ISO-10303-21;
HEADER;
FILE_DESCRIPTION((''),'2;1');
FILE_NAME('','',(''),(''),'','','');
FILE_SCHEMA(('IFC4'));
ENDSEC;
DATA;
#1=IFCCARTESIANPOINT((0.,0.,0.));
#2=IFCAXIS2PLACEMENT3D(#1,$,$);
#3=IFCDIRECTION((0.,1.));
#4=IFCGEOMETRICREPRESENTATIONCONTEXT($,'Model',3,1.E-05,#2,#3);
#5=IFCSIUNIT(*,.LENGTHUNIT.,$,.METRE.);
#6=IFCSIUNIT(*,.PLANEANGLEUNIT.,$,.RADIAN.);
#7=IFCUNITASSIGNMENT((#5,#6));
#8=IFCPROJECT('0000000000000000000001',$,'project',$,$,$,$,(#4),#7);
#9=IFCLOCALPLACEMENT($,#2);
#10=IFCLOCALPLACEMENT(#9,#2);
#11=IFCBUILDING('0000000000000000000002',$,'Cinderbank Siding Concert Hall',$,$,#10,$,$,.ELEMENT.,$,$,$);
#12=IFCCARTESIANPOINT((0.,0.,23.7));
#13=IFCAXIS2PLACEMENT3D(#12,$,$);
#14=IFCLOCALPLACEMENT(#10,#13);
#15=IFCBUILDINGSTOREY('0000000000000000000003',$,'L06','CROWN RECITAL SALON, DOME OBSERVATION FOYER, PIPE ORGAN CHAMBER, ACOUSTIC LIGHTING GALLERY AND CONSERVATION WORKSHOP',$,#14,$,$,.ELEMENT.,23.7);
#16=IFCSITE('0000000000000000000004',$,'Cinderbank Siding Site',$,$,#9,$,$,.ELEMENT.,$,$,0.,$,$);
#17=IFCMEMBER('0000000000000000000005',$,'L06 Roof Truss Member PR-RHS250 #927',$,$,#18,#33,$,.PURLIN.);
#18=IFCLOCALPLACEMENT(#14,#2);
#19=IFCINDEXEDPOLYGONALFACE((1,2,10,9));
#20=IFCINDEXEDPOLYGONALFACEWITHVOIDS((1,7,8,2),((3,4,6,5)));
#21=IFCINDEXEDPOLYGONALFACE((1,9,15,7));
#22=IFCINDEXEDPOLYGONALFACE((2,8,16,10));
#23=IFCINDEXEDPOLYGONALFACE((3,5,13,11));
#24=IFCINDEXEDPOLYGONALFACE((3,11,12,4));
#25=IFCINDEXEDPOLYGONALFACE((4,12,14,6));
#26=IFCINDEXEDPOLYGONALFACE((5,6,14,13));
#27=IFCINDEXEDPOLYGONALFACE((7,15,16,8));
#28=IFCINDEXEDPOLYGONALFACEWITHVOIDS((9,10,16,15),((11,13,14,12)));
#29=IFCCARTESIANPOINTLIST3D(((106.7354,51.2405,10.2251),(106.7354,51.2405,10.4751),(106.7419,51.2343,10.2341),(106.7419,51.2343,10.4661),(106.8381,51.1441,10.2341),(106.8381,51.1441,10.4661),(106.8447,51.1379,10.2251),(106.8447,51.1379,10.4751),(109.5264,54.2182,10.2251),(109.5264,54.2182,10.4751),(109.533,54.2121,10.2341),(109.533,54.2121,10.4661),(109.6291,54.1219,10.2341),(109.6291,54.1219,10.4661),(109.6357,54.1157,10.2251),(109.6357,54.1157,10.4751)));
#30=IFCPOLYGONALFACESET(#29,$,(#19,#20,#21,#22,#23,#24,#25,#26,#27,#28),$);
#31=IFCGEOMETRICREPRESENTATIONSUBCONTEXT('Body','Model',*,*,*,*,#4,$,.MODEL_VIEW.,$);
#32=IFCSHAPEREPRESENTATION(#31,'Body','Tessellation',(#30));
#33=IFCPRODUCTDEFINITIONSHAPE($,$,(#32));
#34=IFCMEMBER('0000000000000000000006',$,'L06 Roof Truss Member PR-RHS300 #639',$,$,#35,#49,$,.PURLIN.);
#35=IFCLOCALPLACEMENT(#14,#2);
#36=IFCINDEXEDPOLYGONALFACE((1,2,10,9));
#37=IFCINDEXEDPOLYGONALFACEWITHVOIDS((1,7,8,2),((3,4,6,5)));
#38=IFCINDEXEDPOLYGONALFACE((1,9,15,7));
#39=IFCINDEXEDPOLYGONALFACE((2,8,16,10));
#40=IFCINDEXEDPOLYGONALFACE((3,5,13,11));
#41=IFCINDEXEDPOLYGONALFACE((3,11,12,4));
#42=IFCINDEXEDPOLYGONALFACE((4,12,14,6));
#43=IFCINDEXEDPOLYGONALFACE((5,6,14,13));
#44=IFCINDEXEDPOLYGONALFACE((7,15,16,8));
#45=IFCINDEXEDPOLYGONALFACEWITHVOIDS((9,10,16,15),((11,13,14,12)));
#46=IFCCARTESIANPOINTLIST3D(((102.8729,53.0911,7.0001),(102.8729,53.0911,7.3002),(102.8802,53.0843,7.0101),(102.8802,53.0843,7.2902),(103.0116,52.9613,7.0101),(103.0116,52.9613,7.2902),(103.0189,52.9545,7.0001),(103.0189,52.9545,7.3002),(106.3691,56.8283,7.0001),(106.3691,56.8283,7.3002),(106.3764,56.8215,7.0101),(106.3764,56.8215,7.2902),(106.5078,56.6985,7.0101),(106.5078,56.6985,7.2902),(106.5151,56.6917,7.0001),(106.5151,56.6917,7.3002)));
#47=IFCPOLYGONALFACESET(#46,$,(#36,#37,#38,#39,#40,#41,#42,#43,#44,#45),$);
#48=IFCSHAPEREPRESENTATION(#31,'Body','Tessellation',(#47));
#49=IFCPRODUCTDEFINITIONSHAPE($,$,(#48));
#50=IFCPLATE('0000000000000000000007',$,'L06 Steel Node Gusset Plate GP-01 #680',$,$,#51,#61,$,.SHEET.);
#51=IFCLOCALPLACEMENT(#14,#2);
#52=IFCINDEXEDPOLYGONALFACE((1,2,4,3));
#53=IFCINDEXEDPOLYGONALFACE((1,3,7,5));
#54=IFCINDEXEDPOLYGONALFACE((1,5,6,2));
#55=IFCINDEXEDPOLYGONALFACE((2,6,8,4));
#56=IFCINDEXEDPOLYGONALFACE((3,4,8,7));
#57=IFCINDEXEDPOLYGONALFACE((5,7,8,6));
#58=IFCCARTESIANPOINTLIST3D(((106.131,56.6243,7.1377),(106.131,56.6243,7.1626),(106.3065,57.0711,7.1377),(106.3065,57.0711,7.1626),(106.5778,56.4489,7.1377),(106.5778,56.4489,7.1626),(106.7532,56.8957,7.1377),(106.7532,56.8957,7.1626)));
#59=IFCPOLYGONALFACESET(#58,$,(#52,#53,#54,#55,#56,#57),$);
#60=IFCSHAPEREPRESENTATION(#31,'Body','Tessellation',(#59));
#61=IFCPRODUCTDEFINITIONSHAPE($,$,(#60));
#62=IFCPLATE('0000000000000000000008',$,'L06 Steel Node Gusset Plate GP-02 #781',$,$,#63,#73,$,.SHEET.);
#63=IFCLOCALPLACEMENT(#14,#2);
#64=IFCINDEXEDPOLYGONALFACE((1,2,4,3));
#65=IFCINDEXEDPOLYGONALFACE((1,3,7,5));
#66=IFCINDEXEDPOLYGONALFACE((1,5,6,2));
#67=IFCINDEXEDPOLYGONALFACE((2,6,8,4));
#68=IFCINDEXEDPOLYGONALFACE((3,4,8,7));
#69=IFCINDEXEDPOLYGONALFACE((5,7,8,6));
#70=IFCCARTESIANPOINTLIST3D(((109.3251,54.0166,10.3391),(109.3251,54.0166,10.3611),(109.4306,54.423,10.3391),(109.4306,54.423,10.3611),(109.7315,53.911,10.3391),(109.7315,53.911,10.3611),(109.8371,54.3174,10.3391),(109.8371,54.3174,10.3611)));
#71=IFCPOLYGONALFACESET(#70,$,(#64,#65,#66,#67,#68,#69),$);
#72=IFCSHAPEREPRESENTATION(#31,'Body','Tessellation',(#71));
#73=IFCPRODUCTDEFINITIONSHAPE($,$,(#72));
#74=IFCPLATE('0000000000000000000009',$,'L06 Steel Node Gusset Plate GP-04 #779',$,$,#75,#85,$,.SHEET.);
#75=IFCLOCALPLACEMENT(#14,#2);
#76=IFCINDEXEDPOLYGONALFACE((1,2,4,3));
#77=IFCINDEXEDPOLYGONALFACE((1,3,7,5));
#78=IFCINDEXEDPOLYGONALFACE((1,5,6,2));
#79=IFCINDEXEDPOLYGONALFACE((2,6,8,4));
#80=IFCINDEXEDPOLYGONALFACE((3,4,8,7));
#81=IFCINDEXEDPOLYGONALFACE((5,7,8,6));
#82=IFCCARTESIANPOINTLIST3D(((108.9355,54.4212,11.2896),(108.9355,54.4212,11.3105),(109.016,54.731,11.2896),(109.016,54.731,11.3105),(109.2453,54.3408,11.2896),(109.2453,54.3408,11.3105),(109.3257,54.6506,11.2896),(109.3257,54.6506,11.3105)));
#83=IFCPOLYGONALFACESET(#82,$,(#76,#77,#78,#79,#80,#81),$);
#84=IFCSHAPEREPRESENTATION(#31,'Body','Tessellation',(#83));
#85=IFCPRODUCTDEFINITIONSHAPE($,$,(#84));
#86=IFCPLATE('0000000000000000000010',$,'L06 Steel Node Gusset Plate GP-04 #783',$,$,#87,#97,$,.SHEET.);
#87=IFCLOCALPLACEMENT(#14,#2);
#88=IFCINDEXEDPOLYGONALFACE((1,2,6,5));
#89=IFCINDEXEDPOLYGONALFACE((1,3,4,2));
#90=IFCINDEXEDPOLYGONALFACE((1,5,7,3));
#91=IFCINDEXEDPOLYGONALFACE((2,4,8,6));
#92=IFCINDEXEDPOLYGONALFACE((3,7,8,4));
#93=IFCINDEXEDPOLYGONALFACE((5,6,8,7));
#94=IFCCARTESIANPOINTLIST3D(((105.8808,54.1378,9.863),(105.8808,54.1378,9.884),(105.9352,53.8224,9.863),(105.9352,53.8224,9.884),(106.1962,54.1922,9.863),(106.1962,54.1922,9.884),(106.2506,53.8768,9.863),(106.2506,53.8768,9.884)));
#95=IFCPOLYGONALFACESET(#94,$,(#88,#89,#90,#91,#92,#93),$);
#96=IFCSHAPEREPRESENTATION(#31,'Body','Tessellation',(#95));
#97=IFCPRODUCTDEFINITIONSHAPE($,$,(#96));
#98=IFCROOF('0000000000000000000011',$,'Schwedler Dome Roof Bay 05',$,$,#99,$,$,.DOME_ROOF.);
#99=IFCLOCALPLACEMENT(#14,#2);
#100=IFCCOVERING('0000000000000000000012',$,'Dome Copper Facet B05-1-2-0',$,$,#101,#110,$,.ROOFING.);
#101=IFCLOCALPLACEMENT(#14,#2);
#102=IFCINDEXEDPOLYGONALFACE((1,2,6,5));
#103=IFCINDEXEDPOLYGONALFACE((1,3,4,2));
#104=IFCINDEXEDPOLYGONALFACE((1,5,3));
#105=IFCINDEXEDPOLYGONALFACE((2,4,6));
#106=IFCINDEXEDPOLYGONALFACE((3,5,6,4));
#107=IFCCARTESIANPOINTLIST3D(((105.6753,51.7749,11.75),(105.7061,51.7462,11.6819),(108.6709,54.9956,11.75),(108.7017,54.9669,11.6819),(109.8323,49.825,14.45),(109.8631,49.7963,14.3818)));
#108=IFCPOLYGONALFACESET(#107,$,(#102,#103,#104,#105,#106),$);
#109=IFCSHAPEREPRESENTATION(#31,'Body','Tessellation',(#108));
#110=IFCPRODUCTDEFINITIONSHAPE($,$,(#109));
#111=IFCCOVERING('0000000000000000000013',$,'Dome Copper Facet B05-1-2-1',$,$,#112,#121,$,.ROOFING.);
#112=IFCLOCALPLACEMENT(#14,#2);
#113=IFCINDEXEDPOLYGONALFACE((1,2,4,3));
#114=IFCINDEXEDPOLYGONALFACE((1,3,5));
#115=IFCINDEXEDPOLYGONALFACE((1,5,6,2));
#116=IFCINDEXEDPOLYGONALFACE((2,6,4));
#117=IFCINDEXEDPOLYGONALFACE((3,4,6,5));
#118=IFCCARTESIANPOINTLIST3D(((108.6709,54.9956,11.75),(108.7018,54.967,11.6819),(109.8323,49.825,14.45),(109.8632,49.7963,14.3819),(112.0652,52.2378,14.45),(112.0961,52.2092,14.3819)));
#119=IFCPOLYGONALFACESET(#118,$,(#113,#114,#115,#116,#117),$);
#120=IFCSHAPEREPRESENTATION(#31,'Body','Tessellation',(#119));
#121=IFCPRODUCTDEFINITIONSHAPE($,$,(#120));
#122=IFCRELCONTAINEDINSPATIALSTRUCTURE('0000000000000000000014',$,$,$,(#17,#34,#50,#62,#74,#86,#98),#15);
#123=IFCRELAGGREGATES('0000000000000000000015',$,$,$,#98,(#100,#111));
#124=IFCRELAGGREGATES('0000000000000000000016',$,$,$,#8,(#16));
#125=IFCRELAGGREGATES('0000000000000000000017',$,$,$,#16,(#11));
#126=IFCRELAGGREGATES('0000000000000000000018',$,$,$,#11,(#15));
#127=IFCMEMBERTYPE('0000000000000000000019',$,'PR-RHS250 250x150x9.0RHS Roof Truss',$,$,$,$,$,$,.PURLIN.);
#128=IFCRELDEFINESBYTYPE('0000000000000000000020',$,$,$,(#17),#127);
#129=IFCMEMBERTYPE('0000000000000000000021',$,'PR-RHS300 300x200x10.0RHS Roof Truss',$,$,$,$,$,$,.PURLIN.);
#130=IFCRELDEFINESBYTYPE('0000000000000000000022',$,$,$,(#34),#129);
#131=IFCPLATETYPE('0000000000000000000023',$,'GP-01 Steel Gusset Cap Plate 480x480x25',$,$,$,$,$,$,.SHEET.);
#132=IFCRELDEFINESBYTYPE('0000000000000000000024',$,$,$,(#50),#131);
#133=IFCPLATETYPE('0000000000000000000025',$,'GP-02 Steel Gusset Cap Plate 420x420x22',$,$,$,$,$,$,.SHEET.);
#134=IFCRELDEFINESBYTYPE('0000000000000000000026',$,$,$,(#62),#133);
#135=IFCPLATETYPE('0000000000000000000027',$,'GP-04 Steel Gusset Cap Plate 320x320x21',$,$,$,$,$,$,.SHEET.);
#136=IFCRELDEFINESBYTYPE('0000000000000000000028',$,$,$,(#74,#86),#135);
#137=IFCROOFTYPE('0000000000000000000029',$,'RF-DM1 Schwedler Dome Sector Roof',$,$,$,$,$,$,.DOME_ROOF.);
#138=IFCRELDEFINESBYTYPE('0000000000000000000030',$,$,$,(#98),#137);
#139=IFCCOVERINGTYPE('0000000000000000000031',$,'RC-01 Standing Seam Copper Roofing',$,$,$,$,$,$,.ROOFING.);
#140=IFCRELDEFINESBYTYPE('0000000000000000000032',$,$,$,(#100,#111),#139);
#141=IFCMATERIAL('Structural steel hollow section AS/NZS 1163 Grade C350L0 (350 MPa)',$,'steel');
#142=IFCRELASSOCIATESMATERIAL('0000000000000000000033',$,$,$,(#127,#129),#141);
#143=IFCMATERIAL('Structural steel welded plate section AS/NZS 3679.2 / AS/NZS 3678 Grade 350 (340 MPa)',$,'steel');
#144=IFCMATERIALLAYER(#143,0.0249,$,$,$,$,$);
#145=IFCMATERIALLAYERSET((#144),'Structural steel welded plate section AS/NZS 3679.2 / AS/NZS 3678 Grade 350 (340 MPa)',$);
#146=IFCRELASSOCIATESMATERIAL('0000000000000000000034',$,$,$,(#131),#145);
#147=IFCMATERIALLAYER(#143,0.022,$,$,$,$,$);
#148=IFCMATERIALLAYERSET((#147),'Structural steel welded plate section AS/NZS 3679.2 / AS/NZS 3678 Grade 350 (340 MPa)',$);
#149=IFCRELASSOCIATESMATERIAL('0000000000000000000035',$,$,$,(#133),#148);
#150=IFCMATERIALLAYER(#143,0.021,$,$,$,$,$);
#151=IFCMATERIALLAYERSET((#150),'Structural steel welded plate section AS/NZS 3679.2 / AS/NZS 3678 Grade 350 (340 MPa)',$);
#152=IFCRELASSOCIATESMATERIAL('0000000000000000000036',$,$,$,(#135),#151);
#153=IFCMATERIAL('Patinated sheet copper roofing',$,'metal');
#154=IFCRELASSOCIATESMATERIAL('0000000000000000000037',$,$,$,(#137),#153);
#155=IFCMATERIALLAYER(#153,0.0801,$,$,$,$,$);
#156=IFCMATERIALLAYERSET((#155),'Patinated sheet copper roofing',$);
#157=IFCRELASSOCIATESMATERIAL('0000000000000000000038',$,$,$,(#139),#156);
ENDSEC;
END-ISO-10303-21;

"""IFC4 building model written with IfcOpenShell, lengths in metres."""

from ifc_helpers import new_model, si_unit, direction, frame, origin, origin_2d, place, context, subcontext, project, spatial, polyline, rectangle, hollow_rectangle, outline, extrude, material, layer, layer_set, material_profile, profile_set, type_object, element, aggregate, save


model = new_model("IFC4")

# Units and contexts
model_context = context("Model", 3, precision=1e-05, world=origin(), true_north=direction((0.0, 1.0)))
body_context = subcontext(model_context, "Body", "Model", "MODEL_VIEW")
ifc_project = project(units=[si_unit("LENGTHUNIT", "METRE"), si_unit("PLANEANGLEUNIT", "RADIAN")], contexts=[model_context])

# Site, building, storey
site_placement = place(None, origin())
site = spatial("IfcSite", under=ifc_project, at=site_placement, Name="Cinderbank Siding Site", CompositionType="ELEMENT", RefElevation=0.0)
building_placement = place(site_placement, origin())
building = spatial("IfcBuilding", under=site, at=building_placement, Name="Cinderbank Siding Concert Hall", CompositionType="ELEMENT")
storey_placement = place(building_placement, frame((0.0, 0.0, 23.7)))
storey = spatial("IfcBuildingStorey", under=building, at=storey_placement, Name="L06", Description="CROWN RECITAL SALON, DOME OBSERVATION FOYER, PIPE ORGAN CHAMBER, ACOUSTIC LIGHTING GALLERY AND CONSERVATION WORKSHOP", CompositionType="ELEMENT", Elevation=23.7)

# Members
ifc_material_1 = material(Name="Structural steel hollow section AS/NZS 1163 Grade C350L0 (350 MPa)", Category="steel")
ifc_material_profile_1 = material_profile(ifc_material_1, hollow_rectangle(XDim=0.1499, YDim=0.25, WallThickness=0.009, at=origin_2d()), Name="250x150x9.0RHS", Category="LoadBearing")
ifc_profile_set_1 = profile_set([ifc_material_profile_1], Name="Structural steel hollow section AS/NZS 1163 Grade C350L0 (350 MPa)")
member_type_1 = type_object("IfcMemberType", Name="PR-RHS250 250x150x9.0RHS Roof Truss", PredefinedType="PURLIN", material=ifc_profile_set_1)
member_1_placement = place(storey_placement, frame((109.5811, 54.167, 10.3501), z_axis=(-0.683856, -0.729617, 0.0), x_axis=(0.729617, -0.683856, 0.0)))
element("IfcMember", 1, at=member_1_placement, inside=storey, type_object=member_type_1, Name="L06 Roof Truss Member PR-RHS250 #927", PredefinedType="PURLIN", context=body_context, shape_type="SweptSolid", body=[
    extrude(hollow_rectangle(XDim=0.1499, YDim=0.25, WallThickness=0.009, at=origin_2d()), origin(), (0.0, 0.0, 1.0), 4.0813),
])
ifc_material_profile_2 = material_profile(ifc_material_1, hollow_rectangle(XDim=0.2, YDim=0.3, WallThickness=0.01, at=origin_2d()), Name="300x200x10.0RHS", Category="LoadBearing")
ifc_profile_set_2 = profile_set([ifc_material_profile_2], Name="Structural steel hollow section AS/NZS 1163 Grade C350L0 (350 MPa)")
member_type_2 = type_object("IfcMemberType", Name="PR-RHS300 300x200x10.0RHS Roof Truss", PredefinedType="PURLIN", material=ifc_profile_set_2)
member_2_placement = place(storey_placement, frame((106.4421, 56.76, 7.1501), z_axis=(-0.683173, -0.730257, 0.0), x_axis=(0.730257, -0.683173, 0.0)))
element("IfcMember", 2, at=member_2_placement, inside=storey, type_object=member_type_2, Name="L06 Roof Truss Member PR-RHS300 #639", PredefinedType="PURLIN", context=body_context, shape_type="SweptSolid", body=[
    extrude(hollow_rectangle(XDim=0.2, YDim=0.3, WallThickness=0.01, at=origin_2d()), origin(), (0.0, 0.0, 1.0), 5.1177),
])

# Plates
ifc_material_2 = material(Name="Structural steel welded plate section AS/NZS 3679.2 / AS/NZS 3678 Grade 350 (340 MPa)", Category="steel")
ifc_layer_1 = layer(ifc_material_2, 0.0249)
ifc_layer_set_1 = layer_set([ifc_layer_1], Name="Structural steel welded plate section AS/NZS 3679.2 / AS/NZS 3678 Grade 350 (340 MPa)")
plate_type_1 = type_object("IfcPlateType", Name="GP-01 Steel Gusset Cap Plate 480x480x25", PredefinedType="SHEET", material=ifc_layer_set_1)
plate_1_placement = place(storey_placement, frame((106.4421, 56.76, 7.1377), z_axis=(0.0, 0.0, 1.0), x_axis=(-0.365527, -0.930801, 0.0)))
element("IfcPlate", 3, at=plate_1_placement, inside=storey, type_object=plate_type_1, Name="L06 Steel Node Gusset Plate GP-01 #680", PredefinedType="SHEET", context=body_context, shape_type="SweptSolid", body=[
    extrude(rectangle(XDim=0.48, YDim=0.48, at=origin_2d()), origin(), (0.0, 0.0, 1.0), 0.0249),
])
ifc_layer_2 = layer(ifc_material_2, 0.022)
ifc_layer_set_2 = layer_set([ifc_layer_2], Name="Structural steel welded plate section AS/NZS 3679.2 / AS/NZS 3678 Grade 350 (340 MPa)")
plate_type_2 = type_object("IfcPlateType", Name="GP-02 Steel Gusset Cap Plate 420x420x22", PredefinedType="SHEET", material=ifc_layer_set_2)
plate_2_placement = place(storey_placement, frame((109.5811, 54.167, 10.3391), z_axis=(0.0, 0.0, 1.0), x_axis=(-0.251394, -0.967885, 0.0)))
element("IfcPlate", 4, at=plate_2_placement, inside=storey, type_object=plate_type_2, Name="L06 Steel Node Gusset Plate GP-02 #781", PredefinedType="SHEET", context=body_context, shape_type="SweptSolid", body=[
    extrude(rectangle(XDim=0.4199, YDim=0.4199, at=origin_2d()), origin(), (0.0, 0.0, 1.0), 0.022),
])
ifc_layer_3 = layer(ifc_material_2, 0.021)
ifc_layer_set_3 = layer_set([ifc_layer_3], Name="Structural steel welded plate section AS/NZS 3679.2 / AS/NZS 3678 Grade 350 (340 MPa)")
plate_type_3 = type_object("IfcPlateType", Name="GP-04 Steel Gusset Cap Plate 320x320x21", PredefinedType="SHEET", material=ifc_layer_set_3)
for number, where, z_axis, x_axis, name in (
    (5, (109.1306, 54.5359, 11.2896), (0.0, 0.0, 1.0), (-0.251394, -0.967885, 0.0), "L06 Steel Node Gusset Plate GP-04 #779"),
    (6, (106.0657, 54.0073, 9.863), (0.0, 0.0, 1.0), (0.985438, 0.170038, 0.0), "L06 Steel Node Gusset Plate GP-04 #783"),
):
    element("IfcPlate", number, at=place(storey_placement, frame(where, z_axis=z_axis, x_axis=x_axis)), inside=storey, type_object=plate_type_3, Name=name, PredefinedType="SHEET", context=body_context, shape_type="SweptSolid", body=[
        extrude(rectangle(XDim=0.3201, YDim=0.3201, at=origin_2d()), origin(), (0.0, 0.0, 1.0), 0.021),
    ])

# Roof, coverings
ifc_material_3 = material(Name="Patinated sheet copper roofing", Category="metal")
roof_type = type_object("IfcRoofType", Name="RF-DM1 Schwedler Dome Sector Roof", PredefinedType="DOME_ROOF", material=ifc_material_3)
roof_placement = place(storey_placement, origin())
roof = element("IfcRoof", 7, at=roof_placement, inside=storey, type_object=roof_type, Name="Schwedler Dome Roof Bay 05", PredefinedType="DOME_ROOF")
ifc_layer_4 = layer(ifc_material_3, 0.0801)
ifc_layer_set_4 = layer_set([ifc_layer_4], Name="Patinated sheet copper roofing")
covering_type = type_object("IfcCoveringType", Name="RC-01 Standing Seam Copper Roofing", PredefinedType="ROOFING", material=ifc_layer_set_4)
covering_1_placement = place(storey_placement, frame((108.6709, 54.9956, 11.75), z_axis=(-0.384748, 0.357857, 0.850828), x_axis=(-0.681056, -0.732232, 0.0)))
covering_1 = element("IfcCovering", 8, at=covering_1_placement, type_object=covering_type, Name="Dome Copper Facet B05-1-2-0", PredefinedType="ROOFING", context=body_context, shape_type="SweptSolid", body=[
    extrude(outline(polyline([(0.0, 0.0), (4.3985, 0.0), (2.9952, 5.1384), (0.0, 0.0)])), origin(), (0.0, 0.0, -1.0), 0.0801),
])
covering_2_placement = place(storey_placement, frame((108.6709, 54.9956, 11.75), z_axis=(-0.386129, 0.357335, 0.850421), x_axis=(0.195267, -0.869365, 0.453955)))
covering_2 = element("IfcCovering", 9, at=covering_2_placement, type_object=covering_type, Name="Dome Copper Facet B05-1-2-1", PredefinedType="ROOFING", context=body_context, shape_type="SweptSolid", body=[
    extrude(outline(polyline([(0.0, 0.0), (5.9476, 0.0), (4.286, 2.8367), (0.0, 0.0)])), origin(), (0.0, 0.0, -1.0), 0.0801),
])
aggregate(roof, [covering_1, covering_2])

save(model, "model.ifc")
